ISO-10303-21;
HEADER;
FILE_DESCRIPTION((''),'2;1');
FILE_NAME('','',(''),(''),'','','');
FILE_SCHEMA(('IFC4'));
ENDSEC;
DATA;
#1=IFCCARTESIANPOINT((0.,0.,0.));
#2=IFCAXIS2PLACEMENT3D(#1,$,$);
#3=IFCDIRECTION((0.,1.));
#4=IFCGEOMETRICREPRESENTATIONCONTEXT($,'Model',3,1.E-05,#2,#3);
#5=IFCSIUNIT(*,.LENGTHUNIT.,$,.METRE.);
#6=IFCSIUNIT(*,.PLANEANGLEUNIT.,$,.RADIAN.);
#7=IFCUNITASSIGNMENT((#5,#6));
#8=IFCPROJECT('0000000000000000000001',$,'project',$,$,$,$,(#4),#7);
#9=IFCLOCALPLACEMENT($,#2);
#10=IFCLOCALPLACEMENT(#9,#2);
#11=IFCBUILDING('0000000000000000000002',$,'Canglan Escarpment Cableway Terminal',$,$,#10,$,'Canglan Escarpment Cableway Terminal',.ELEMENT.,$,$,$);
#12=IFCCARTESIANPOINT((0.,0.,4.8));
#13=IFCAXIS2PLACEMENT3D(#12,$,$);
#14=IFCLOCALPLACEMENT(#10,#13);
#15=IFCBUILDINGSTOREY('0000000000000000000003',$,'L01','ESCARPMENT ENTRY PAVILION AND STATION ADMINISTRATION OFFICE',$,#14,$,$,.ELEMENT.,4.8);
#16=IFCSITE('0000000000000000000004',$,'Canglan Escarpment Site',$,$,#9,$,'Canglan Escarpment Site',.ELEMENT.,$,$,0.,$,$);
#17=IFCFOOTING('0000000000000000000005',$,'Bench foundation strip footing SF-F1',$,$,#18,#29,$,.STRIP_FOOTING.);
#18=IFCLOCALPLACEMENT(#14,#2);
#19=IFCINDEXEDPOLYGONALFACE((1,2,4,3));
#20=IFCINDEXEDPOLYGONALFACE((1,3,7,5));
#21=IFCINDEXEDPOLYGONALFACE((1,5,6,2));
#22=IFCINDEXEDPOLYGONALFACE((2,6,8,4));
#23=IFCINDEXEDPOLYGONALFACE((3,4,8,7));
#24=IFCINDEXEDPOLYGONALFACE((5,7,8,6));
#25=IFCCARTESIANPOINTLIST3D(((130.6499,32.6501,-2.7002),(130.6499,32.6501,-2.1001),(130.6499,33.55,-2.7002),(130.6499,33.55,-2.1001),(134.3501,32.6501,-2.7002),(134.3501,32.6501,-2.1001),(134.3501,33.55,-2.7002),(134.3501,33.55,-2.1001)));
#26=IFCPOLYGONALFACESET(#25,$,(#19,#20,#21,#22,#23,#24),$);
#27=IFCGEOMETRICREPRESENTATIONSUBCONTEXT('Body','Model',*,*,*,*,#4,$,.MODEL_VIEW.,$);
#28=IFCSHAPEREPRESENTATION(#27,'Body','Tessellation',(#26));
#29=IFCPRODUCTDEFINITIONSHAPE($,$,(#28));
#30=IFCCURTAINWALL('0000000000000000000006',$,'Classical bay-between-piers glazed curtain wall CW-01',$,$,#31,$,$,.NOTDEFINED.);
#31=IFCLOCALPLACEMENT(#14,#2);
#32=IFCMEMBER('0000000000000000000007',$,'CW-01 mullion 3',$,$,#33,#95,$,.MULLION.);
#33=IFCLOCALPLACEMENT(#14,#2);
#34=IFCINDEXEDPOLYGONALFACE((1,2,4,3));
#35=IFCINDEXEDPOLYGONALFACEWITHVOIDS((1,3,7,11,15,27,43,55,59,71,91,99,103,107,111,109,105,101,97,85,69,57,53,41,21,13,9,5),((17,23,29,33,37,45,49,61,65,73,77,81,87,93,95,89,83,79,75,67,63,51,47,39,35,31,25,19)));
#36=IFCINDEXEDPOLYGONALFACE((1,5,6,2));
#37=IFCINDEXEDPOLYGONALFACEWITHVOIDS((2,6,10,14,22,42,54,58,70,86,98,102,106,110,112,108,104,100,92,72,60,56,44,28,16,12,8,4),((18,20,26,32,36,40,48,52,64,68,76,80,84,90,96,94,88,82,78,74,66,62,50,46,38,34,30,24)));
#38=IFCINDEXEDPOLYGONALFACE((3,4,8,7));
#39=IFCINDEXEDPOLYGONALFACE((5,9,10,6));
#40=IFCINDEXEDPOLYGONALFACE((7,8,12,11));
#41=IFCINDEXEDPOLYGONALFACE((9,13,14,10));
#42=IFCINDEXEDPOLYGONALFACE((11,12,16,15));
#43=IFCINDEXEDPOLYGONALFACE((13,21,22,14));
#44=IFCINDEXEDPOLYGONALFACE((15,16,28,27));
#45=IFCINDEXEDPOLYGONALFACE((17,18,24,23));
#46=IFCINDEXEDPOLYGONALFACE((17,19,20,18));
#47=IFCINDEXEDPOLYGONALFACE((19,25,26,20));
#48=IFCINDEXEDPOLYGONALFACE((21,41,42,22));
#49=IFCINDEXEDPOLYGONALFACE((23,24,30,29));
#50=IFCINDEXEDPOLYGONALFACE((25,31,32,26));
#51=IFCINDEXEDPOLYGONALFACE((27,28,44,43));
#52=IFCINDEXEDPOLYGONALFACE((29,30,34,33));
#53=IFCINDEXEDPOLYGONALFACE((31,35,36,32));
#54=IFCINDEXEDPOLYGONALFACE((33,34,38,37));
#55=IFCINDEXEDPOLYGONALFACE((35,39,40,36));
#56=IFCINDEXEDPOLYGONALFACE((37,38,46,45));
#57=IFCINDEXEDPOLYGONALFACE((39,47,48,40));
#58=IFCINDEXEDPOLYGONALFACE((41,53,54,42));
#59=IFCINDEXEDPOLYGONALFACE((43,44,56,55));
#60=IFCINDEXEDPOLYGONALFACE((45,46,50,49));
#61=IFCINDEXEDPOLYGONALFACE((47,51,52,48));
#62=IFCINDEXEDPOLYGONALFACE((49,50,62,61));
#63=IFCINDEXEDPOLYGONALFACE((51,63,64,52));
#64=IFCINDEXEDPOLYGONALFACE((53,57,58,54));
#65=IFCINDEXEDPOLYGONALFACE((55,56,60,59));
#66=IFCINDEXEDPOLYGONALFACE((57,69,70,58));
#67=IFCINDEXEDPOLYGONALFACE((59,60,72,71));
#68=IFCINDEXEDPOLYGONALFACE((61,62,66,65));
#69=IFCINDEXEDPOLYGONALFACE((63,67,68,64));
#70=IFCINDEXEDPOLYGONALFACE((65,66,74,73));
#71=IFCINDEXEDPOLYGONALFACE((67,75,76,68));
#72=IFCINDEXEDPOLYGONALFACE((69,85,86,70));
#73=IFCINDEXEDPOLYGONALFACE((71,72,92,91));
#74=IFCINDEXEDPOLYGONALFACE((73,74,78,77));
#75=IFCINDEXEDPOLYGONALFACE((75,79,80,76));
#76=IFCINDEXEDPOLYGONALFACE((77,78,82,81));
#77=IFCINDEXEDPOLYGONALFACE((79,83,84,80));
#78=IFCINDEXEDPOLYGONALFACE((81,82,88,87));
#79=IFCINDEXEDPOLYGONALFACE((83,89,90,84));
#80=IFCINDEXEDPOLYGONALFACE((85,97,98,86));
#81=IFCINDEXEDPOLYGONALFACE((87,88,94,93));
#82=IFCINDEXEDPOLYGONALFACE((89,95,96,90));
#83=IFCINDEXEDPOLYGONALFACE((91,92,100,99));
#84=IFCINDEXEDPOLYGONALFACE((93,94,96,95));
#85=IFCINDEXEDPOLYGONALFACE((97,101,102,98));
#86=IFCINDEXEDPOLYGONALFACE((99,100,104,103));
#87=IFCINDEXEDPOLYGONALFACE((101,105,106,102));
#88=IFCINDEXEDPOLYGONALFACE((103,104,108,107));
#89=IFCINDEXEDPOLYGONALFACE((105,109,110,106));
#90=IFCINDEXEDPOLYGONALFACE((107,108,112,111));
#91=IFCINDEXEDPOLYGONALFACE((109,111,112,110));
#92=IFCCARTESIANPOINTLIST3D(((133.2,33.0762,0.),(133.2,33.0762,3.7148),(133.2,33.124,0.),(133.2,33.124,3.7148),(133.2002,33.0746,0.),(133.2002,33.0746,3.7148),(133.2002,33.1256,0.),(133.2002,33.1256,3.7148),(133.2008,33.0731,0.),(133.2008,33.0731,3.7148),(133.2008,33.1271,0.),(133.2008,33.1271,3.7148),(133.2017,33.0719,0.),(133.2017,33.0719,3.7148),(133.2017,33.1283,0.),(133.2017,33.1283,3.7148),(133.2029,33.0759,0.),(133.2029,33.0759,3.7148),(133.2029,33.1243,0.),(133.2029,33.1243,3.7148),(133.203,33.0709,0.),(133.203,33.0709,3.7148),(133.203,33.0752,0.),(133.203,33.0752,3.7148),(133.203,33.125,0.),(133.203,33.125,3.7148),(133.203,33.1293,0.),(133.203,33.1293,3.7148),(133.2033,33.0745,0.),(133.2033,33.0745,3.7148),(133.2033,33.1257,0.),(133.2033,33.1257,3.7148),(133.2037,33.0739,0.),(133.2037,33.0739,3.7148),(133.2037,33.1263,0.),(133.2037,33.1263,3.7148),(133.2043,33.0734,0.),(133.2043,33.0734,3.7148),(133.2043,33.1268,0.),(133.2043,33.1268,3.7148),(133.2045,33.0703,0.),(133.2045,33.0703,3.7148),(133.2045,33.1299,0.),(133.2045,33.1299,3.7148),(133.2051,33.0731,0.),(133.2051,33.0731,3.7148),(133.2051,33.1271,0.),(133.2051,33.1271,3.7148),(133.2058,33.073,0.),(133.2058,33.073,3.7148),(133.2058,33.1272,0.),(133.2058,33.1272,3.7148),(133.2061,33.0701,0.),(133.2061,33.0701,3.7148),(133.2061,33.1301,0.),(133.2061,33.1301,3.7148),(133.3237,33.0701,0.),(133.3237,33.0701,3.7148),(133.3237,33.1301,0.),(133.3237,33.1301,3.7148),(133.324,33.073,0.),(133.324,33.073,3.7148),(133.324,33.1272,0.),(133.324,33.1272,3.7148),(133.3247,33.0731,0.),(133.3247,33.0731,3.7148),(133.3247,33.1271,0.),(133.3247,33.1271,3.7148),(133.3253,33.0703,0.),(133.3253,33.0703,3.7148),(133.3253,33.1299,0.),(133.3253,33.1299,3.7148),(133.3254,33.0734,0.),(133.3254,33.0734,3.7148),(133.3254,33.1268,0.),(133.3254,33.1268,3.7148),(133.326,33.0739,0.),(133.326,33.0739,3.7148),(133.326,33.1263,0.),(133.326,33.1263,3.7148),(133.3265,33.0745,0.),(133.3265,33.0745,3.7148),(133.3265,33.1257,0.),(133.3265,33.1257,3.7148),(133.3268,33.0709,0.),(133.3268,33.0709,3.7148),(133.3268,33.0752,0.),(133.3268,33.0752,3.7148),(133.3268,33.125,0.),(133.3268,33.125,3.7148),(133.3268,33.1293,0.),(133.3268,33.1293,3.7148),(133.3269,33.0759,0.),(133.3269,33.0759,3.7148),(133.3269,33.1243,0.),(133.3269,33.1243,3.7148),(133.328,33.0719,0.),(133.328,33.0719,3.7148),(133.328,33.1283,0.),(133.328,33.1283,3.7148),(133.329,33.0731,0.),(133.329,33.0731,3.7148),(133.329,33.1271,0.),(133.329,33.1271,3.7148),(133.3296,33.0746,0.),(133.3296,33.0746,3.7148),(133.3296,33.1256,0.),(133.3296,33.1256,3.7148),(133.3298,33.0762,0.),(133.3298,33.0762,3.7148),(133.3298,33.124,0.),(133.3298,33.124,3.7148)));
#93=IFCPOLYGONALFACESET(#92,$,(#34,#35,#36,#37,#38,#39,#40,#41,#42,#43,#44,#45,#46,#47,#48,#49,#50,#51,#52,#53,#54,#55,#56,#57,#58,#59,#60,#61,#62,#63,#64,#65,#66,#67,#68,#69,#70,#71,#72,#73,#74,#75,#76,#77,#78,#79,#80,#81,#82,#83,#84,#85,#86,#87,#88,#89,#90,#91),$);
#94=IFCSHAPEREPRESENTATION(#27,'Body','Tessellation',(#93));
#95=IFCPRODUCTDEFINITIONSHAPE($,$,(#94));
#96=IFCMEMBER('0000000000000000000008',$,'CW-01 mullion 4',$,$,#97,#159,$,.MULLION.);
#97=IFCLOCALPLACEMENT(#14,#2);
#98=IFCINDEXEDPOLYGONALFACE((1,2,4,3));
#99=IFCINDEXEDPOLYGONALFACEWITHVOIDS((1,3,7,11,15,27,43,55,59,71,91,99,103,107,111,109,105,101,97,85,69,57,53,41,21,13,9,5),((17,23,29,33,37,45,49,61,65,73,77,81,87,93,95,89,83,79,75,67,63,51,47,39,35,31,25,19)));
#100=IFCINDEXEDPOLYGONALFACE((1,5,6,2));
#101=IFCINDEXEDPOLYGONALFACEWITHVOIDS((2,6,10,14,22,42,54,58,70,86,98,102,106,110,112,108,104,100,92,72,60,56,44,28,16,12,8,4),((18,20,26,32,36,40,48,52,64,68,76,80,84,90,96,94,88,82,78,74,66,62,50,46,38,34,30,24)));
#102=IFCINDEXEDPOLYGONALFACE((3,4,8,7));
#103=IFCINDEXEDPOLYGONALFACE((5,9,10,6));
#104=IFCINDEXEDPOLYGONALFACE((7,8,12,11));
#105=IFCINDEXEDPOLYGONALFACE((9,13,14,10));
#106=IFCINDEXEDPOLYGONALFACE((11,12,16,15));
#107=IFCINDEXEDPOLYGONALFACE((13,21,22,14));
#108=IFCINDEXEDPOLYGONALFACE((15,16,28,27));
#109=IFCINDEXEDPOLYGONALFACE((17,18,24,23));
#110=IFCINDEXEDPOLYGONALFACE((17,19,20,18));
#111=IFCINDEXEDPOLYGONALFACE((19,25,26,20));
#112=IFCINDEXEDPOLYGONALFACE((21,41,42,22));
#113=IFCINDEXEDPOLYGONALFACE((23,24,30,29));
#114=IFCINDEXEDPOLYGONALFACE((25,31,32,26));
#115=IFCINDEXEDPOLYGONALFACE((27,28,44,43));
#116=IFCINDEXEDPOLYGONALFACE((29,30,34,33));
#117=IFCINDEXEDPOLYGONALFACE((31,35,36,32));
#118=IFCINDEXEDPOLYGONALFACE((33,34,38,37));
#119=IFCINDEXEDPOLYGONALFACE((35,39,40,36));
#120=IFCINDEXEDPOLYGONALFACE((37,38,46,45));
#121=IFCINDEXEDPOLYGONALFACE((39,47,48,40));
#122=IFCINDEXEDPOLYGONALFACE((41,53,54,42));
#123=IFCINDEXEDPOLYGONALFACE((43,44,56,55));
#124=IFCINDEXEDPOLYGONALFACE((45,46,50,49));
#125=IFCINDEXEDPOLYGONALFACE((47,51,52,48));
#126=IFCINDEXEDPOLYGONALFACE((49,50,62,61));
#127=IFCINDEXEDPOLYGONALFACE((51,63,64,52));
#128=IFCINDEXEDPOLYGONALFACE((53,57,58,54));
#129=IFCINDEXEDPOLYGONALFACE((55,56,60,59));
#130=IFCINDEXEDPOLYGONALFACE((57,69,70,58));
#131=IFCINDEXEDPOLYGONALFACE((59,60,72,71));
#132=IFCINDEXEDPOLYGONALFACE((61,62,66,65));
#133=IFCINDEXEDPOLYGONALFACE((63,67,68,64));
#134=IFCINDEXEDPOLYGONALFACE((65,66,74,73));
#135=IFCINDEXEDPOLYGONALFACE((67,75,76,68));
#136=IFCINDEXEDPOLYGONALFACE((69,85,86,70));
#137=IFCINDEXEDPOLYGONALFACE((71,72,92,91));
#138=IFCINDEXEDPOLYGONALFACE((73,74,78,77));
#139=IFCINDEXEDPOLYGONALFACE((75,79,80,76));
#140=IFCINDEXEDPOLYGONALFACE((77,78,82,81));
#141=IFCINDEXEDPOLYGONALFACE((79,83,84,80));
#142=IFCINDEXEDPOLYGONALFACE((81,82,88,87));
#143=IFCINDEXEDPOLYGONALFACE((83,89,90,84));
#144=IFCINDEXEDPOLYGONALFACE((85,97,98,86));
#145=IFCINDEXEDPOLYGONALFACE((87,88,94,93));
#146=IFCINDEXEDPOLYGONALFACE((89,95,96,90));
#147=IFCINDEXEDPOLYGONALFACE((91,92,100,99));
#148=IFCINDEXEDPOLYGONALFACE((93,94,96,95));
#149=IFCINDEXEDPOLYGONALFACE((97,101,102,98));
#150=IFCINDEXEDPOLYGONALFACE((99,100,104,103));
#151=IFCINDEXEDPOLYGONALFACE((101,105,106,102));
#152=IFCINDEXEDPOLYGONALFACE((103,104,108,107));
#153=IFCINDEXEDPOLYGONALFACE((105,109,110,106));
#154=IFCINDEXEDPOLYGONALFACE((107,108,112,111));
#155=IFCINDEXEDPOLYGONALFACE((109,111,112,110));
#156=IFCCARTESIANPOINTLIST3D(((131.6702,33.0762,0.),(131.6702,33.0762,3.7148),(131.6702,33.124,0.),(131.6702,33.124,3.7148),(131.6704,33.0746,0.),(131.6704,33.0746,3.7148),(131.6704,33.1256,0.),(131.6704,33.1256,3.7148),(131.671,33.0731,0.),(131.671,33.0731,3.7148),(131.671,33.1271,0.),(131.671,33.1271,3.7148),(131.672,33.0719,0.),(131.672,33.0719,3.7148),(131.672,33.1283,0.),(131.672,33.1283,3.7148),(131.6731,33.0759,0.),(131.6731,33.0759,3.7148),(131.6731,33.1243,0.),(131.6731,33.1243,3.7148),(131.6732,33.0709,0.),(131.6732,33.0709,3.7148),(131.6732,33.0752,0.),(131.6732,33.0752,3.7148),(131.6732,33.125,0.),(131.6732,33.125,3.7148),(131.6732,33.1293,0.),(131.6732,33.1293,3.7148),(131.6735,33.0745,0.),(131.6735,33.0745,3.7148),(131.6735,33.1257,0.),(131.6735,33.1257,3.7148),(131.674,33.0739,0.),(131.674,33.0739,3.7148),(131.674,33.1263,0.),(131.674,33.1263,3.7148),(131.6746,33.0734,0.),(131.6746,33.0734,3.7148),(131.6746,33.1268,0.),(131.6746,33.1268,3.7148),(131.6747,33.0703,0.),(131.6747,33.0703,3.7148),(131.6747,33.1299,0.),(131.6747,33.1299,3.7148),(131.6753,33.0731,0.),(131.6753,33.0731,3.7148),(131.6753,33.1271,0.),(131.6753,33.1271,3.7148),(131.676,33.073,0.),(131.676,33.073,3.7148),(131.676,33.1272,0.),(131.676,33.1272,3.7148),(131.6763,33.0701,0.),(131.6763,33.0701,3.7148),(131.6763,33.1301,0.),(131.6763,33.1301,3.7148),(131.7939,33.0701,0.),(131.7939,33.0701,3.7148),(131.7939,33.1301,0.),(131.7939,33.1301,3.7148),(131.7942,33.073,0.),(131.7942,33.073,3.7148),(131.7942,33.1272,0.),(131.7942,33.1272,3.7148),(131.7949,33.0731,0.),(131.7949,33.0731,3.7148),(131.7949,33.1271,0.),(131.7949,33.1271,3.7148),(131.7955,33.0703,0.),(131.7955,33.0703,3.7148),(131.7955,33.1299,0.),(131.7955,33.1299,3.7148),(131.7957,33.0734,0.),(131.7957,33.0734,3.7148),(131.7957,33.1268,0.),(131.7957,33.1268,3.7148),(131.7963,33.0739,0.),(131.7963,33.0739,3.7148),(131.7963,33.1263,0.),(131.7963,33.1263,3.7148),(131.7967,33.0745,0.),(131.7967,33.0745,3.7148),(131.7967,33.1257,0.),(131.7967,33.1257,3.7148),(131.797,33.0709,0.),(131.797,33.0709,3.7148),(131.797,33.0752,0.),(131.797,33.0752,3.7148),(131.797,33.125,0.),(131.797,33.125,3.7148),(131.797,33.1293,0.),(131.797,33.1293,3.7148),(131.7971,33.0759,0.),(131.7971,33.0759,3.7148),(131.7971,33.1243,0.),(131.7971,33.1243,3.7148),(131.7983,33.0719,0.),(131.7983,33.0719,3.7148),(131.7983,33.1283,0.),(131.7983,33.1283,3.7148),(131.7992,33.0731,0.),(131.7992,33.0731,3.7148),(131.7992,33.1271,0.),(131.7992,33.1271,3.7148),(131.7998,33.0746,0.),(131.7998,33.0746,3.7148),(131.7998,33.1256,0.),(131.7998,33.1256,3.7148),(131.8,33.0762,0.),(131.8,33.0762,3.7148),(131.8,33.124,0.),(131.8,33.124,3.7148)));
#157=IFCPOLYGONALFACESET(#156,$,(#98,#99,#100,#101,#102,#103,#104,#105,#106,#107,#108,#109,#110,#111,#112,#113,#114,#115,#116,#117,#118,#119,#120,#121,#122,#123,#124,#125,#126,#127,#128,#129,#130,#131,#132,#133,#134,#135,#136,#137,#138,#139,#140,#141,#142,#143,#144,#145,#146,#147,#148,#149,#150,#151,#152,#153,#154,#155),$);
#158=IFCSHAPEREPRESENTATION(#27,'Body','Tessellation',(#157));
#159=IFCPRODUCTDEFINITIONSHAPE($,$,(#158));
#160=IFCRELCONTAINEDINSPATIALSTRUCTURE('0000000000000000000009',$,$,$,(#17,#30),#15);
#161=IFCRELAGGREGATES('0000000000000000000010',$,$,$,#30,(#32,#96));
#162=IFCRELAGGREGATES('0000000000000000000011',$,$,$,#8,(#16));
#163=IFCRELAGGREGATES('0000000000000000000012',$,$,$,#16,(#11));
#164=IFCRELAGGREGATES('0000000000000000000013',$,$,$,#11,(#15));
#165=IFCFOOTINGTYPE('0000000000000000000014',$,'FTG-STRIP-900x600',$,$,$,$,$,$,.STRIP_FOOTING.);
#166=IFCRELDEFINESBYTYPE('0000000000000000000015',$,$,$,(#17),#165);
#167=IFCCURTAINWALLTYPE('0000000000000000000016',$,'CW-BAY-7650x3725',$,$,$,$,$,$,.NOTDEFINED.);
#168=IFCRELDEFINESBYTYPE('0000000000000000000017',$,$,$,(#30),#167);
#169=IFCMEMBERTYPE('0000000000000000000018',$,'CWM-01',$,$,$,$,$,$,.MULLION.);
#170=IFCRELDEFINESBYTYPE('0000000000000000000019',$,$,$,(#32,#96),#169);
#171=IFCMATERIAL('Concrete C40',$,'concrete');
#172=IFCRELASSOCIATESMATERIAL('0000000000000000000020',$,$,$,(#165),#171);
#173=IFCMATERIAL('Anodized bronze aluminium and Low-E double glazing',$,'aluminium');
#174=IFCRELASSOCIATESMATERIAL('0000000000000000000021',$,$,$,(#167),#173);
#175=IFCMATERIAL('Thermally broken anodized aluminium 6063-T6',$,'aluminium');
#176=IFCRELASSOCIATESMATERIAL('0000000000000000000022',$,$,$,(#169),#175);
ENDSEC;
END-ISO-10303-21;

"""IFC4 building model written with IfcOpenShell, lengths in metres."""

from ifc_helpers import new_model, si_unit, direction, frame, origin, origin_2d, place, context, subcontext, project, spatial, rectangle, hollow_rectangle, extrude, material, material_profile, profile_set, type_object, element, aggregate, save


model = new_model("IFC4")

# Units and contexts
model_context = context("Model", 3, precision=1e-05, world=origin(), true_north=direction((0.0, 1.0)))
body_context = subcontext(model_context, "Body", "Model", "MODEL_VIEW")
ifc_project = project(units=[si_unit("LENGTHUNIT", "METRE"), si_unit("PLANEANGLEUNIT", "RADIAN")], contexts=[model_context])

# Site, building, storey
site_placement = place(None, origin())
site = spatial("IfcSite", under=ifc_project, at=site_placement, Name="Canglan Escarpment Site", LongName="Canglan Escarpment Site", CompositionType="ELEMENT", RefElevation=0.0)
building_placement = place(site_placement, origin())
building = spatial("IfcBuilding", under=site, at=building_placement, Name="Canglan Escarpment Cableway Terminal", LongName="Canglan Escarpment Cableway Terminal", CompositionType="ELEMENT")
storey_placement = place(building_placement, frame((0.0, 0.0, 4.8)))
storey = spatial("IfcBuildingStorey", under=building, at=storey_placement, Name="L01", Description="ESCARPMENT ENTRY PAVILION AND STATION ADMINISTRATION OFFICE", CompositionType="ELEMENT", Elevation=4.8)

# Footing
ifc_material_1 = material(Name="Concrete C40", Category="concrete")
ifc_material_profile_1 = material_profile(ifc_material_1, rectangle(XDim=0.8999, YDim=0.6001, at=origin_2d()), Name="SF 900x600")
ifc_profile_set_1 = profile_set([ifc_material_profile_1], Name="Concrete C40")
footing_type = type_object("IfcFootingType", Name="FTG-STRIP-900x600", PredefinedType="STRIP_FOOTING", material=ifc_profile_set_1)
footing_placement = place(storey_placement, frame((130.6499, 33.1001, -2.4001), z_axis=(1.0, 0.0, 0.0), x_axis=(0.0, 1.0, 0.0)))
element("IfcFooting", 1, at=footing_placement, inside=storey, type_object=footing_type, Name="Bench foundation strip footing SF-F1", PredefinedType="STRIP_FOOTING", context=body_context, shape_type="SweptSolid", body=[
    extrude(rectangle(XDim=0.8999, YDim=0.6001, at=origin_2d()), origin(), (0.0, 0.0, 1.0), 3.7002),
])

# Curtain wall, members
ifc_material_2 = material(Name="Anodized bronze aluminium and Low-E double glazing", Category="aluminium")
curtain_wall_type = type_object("IfcCurtainWallType", Name="CW-BAY-7650x3725", PredefinedType="NOTDEFINED", material=ifc_material_2)
curtain_wall_placement = place(storey_placement, origin())
curtain_wall = element("IfcCurtainWall", 2, at=curtain_wall_placement, inside=storey, type_object=curtain_wall_type, Name="Classical bay-between-piers glazed curtain wall CW-01", PredefinedType="NOTDEFINED")
ifc_material_3 = material(Name="Thermally broken anodized aluminium 6063-T6", Category="aluminium")
ifc_material_profile_2 = material_profile(ifc_material_3, hollow_rectangle(XDim=0.0601, YDim=0.1299, WallThickness=0.0029, InnerFilletRadius=0.0029, OuterFilletRadius=0.0061, at=origin_2d()), Name="ALU-MULL 60x130x3")
ifc_profile_set_2 = profile_set([ifc_material_profile_2], Name="Thermally broken anodized aluminium 6063-T6")
member_type_1 = type_object("IfcMemberType", Name="CWM-01", PredefinedType="MULLION", material=ifc_profile_set_2)
member_1_placement = place(storey_placement, frame((133.2649, 33.1001, 0.0), z_axis=(0.0, 0.0, 1.0), x_axis=(0.0, -1.0, 0.0)))
member_1 = element("IfcMember", 3, at=member_1_placement, type_object=member_type_1, Name="CW-01 mullion 3", PredefinedType="MULLION", context=body_context, shape_type="SweptSolid", body=[
    extrude(hollow_rectangle(XDim=0.0601, YDim=0.1299, WallThickness=0.0029, InnerFilletRadius=0.0029, OuterFilletRadius=0.0061, at=origin_2d()), origin(), (0.0, 0.0, 1.0), 3.7148),
])
member_2_placement = place(storey_placement, frame((131.7351, 33.1001, 0.0), z_axis=(0.0, 0.0, 1.0), x_axis=(0.0, -1.0, 0.0)))
member_2 = element("IfcMember", 4, at=member_2_placement, type_object=member_type_1, Name="CW-01 mullion 4", PredefinedType="MULLION", context=body_context, shape_type="SweptSolid", body=[
    extrude(hollow_rectangle(XDim=0.0601, YDim=0.1299, WallThickness=0.0029, InnerFilletRadius=0.0029, OuterFilletRadius=0.0061, at=origin_2d()), origin(), (0.0, 0.0, 1.0), 3.7148),
])
aggregate(curtain_wall, [member_1, member_2])

save(model, "model.ifc")
